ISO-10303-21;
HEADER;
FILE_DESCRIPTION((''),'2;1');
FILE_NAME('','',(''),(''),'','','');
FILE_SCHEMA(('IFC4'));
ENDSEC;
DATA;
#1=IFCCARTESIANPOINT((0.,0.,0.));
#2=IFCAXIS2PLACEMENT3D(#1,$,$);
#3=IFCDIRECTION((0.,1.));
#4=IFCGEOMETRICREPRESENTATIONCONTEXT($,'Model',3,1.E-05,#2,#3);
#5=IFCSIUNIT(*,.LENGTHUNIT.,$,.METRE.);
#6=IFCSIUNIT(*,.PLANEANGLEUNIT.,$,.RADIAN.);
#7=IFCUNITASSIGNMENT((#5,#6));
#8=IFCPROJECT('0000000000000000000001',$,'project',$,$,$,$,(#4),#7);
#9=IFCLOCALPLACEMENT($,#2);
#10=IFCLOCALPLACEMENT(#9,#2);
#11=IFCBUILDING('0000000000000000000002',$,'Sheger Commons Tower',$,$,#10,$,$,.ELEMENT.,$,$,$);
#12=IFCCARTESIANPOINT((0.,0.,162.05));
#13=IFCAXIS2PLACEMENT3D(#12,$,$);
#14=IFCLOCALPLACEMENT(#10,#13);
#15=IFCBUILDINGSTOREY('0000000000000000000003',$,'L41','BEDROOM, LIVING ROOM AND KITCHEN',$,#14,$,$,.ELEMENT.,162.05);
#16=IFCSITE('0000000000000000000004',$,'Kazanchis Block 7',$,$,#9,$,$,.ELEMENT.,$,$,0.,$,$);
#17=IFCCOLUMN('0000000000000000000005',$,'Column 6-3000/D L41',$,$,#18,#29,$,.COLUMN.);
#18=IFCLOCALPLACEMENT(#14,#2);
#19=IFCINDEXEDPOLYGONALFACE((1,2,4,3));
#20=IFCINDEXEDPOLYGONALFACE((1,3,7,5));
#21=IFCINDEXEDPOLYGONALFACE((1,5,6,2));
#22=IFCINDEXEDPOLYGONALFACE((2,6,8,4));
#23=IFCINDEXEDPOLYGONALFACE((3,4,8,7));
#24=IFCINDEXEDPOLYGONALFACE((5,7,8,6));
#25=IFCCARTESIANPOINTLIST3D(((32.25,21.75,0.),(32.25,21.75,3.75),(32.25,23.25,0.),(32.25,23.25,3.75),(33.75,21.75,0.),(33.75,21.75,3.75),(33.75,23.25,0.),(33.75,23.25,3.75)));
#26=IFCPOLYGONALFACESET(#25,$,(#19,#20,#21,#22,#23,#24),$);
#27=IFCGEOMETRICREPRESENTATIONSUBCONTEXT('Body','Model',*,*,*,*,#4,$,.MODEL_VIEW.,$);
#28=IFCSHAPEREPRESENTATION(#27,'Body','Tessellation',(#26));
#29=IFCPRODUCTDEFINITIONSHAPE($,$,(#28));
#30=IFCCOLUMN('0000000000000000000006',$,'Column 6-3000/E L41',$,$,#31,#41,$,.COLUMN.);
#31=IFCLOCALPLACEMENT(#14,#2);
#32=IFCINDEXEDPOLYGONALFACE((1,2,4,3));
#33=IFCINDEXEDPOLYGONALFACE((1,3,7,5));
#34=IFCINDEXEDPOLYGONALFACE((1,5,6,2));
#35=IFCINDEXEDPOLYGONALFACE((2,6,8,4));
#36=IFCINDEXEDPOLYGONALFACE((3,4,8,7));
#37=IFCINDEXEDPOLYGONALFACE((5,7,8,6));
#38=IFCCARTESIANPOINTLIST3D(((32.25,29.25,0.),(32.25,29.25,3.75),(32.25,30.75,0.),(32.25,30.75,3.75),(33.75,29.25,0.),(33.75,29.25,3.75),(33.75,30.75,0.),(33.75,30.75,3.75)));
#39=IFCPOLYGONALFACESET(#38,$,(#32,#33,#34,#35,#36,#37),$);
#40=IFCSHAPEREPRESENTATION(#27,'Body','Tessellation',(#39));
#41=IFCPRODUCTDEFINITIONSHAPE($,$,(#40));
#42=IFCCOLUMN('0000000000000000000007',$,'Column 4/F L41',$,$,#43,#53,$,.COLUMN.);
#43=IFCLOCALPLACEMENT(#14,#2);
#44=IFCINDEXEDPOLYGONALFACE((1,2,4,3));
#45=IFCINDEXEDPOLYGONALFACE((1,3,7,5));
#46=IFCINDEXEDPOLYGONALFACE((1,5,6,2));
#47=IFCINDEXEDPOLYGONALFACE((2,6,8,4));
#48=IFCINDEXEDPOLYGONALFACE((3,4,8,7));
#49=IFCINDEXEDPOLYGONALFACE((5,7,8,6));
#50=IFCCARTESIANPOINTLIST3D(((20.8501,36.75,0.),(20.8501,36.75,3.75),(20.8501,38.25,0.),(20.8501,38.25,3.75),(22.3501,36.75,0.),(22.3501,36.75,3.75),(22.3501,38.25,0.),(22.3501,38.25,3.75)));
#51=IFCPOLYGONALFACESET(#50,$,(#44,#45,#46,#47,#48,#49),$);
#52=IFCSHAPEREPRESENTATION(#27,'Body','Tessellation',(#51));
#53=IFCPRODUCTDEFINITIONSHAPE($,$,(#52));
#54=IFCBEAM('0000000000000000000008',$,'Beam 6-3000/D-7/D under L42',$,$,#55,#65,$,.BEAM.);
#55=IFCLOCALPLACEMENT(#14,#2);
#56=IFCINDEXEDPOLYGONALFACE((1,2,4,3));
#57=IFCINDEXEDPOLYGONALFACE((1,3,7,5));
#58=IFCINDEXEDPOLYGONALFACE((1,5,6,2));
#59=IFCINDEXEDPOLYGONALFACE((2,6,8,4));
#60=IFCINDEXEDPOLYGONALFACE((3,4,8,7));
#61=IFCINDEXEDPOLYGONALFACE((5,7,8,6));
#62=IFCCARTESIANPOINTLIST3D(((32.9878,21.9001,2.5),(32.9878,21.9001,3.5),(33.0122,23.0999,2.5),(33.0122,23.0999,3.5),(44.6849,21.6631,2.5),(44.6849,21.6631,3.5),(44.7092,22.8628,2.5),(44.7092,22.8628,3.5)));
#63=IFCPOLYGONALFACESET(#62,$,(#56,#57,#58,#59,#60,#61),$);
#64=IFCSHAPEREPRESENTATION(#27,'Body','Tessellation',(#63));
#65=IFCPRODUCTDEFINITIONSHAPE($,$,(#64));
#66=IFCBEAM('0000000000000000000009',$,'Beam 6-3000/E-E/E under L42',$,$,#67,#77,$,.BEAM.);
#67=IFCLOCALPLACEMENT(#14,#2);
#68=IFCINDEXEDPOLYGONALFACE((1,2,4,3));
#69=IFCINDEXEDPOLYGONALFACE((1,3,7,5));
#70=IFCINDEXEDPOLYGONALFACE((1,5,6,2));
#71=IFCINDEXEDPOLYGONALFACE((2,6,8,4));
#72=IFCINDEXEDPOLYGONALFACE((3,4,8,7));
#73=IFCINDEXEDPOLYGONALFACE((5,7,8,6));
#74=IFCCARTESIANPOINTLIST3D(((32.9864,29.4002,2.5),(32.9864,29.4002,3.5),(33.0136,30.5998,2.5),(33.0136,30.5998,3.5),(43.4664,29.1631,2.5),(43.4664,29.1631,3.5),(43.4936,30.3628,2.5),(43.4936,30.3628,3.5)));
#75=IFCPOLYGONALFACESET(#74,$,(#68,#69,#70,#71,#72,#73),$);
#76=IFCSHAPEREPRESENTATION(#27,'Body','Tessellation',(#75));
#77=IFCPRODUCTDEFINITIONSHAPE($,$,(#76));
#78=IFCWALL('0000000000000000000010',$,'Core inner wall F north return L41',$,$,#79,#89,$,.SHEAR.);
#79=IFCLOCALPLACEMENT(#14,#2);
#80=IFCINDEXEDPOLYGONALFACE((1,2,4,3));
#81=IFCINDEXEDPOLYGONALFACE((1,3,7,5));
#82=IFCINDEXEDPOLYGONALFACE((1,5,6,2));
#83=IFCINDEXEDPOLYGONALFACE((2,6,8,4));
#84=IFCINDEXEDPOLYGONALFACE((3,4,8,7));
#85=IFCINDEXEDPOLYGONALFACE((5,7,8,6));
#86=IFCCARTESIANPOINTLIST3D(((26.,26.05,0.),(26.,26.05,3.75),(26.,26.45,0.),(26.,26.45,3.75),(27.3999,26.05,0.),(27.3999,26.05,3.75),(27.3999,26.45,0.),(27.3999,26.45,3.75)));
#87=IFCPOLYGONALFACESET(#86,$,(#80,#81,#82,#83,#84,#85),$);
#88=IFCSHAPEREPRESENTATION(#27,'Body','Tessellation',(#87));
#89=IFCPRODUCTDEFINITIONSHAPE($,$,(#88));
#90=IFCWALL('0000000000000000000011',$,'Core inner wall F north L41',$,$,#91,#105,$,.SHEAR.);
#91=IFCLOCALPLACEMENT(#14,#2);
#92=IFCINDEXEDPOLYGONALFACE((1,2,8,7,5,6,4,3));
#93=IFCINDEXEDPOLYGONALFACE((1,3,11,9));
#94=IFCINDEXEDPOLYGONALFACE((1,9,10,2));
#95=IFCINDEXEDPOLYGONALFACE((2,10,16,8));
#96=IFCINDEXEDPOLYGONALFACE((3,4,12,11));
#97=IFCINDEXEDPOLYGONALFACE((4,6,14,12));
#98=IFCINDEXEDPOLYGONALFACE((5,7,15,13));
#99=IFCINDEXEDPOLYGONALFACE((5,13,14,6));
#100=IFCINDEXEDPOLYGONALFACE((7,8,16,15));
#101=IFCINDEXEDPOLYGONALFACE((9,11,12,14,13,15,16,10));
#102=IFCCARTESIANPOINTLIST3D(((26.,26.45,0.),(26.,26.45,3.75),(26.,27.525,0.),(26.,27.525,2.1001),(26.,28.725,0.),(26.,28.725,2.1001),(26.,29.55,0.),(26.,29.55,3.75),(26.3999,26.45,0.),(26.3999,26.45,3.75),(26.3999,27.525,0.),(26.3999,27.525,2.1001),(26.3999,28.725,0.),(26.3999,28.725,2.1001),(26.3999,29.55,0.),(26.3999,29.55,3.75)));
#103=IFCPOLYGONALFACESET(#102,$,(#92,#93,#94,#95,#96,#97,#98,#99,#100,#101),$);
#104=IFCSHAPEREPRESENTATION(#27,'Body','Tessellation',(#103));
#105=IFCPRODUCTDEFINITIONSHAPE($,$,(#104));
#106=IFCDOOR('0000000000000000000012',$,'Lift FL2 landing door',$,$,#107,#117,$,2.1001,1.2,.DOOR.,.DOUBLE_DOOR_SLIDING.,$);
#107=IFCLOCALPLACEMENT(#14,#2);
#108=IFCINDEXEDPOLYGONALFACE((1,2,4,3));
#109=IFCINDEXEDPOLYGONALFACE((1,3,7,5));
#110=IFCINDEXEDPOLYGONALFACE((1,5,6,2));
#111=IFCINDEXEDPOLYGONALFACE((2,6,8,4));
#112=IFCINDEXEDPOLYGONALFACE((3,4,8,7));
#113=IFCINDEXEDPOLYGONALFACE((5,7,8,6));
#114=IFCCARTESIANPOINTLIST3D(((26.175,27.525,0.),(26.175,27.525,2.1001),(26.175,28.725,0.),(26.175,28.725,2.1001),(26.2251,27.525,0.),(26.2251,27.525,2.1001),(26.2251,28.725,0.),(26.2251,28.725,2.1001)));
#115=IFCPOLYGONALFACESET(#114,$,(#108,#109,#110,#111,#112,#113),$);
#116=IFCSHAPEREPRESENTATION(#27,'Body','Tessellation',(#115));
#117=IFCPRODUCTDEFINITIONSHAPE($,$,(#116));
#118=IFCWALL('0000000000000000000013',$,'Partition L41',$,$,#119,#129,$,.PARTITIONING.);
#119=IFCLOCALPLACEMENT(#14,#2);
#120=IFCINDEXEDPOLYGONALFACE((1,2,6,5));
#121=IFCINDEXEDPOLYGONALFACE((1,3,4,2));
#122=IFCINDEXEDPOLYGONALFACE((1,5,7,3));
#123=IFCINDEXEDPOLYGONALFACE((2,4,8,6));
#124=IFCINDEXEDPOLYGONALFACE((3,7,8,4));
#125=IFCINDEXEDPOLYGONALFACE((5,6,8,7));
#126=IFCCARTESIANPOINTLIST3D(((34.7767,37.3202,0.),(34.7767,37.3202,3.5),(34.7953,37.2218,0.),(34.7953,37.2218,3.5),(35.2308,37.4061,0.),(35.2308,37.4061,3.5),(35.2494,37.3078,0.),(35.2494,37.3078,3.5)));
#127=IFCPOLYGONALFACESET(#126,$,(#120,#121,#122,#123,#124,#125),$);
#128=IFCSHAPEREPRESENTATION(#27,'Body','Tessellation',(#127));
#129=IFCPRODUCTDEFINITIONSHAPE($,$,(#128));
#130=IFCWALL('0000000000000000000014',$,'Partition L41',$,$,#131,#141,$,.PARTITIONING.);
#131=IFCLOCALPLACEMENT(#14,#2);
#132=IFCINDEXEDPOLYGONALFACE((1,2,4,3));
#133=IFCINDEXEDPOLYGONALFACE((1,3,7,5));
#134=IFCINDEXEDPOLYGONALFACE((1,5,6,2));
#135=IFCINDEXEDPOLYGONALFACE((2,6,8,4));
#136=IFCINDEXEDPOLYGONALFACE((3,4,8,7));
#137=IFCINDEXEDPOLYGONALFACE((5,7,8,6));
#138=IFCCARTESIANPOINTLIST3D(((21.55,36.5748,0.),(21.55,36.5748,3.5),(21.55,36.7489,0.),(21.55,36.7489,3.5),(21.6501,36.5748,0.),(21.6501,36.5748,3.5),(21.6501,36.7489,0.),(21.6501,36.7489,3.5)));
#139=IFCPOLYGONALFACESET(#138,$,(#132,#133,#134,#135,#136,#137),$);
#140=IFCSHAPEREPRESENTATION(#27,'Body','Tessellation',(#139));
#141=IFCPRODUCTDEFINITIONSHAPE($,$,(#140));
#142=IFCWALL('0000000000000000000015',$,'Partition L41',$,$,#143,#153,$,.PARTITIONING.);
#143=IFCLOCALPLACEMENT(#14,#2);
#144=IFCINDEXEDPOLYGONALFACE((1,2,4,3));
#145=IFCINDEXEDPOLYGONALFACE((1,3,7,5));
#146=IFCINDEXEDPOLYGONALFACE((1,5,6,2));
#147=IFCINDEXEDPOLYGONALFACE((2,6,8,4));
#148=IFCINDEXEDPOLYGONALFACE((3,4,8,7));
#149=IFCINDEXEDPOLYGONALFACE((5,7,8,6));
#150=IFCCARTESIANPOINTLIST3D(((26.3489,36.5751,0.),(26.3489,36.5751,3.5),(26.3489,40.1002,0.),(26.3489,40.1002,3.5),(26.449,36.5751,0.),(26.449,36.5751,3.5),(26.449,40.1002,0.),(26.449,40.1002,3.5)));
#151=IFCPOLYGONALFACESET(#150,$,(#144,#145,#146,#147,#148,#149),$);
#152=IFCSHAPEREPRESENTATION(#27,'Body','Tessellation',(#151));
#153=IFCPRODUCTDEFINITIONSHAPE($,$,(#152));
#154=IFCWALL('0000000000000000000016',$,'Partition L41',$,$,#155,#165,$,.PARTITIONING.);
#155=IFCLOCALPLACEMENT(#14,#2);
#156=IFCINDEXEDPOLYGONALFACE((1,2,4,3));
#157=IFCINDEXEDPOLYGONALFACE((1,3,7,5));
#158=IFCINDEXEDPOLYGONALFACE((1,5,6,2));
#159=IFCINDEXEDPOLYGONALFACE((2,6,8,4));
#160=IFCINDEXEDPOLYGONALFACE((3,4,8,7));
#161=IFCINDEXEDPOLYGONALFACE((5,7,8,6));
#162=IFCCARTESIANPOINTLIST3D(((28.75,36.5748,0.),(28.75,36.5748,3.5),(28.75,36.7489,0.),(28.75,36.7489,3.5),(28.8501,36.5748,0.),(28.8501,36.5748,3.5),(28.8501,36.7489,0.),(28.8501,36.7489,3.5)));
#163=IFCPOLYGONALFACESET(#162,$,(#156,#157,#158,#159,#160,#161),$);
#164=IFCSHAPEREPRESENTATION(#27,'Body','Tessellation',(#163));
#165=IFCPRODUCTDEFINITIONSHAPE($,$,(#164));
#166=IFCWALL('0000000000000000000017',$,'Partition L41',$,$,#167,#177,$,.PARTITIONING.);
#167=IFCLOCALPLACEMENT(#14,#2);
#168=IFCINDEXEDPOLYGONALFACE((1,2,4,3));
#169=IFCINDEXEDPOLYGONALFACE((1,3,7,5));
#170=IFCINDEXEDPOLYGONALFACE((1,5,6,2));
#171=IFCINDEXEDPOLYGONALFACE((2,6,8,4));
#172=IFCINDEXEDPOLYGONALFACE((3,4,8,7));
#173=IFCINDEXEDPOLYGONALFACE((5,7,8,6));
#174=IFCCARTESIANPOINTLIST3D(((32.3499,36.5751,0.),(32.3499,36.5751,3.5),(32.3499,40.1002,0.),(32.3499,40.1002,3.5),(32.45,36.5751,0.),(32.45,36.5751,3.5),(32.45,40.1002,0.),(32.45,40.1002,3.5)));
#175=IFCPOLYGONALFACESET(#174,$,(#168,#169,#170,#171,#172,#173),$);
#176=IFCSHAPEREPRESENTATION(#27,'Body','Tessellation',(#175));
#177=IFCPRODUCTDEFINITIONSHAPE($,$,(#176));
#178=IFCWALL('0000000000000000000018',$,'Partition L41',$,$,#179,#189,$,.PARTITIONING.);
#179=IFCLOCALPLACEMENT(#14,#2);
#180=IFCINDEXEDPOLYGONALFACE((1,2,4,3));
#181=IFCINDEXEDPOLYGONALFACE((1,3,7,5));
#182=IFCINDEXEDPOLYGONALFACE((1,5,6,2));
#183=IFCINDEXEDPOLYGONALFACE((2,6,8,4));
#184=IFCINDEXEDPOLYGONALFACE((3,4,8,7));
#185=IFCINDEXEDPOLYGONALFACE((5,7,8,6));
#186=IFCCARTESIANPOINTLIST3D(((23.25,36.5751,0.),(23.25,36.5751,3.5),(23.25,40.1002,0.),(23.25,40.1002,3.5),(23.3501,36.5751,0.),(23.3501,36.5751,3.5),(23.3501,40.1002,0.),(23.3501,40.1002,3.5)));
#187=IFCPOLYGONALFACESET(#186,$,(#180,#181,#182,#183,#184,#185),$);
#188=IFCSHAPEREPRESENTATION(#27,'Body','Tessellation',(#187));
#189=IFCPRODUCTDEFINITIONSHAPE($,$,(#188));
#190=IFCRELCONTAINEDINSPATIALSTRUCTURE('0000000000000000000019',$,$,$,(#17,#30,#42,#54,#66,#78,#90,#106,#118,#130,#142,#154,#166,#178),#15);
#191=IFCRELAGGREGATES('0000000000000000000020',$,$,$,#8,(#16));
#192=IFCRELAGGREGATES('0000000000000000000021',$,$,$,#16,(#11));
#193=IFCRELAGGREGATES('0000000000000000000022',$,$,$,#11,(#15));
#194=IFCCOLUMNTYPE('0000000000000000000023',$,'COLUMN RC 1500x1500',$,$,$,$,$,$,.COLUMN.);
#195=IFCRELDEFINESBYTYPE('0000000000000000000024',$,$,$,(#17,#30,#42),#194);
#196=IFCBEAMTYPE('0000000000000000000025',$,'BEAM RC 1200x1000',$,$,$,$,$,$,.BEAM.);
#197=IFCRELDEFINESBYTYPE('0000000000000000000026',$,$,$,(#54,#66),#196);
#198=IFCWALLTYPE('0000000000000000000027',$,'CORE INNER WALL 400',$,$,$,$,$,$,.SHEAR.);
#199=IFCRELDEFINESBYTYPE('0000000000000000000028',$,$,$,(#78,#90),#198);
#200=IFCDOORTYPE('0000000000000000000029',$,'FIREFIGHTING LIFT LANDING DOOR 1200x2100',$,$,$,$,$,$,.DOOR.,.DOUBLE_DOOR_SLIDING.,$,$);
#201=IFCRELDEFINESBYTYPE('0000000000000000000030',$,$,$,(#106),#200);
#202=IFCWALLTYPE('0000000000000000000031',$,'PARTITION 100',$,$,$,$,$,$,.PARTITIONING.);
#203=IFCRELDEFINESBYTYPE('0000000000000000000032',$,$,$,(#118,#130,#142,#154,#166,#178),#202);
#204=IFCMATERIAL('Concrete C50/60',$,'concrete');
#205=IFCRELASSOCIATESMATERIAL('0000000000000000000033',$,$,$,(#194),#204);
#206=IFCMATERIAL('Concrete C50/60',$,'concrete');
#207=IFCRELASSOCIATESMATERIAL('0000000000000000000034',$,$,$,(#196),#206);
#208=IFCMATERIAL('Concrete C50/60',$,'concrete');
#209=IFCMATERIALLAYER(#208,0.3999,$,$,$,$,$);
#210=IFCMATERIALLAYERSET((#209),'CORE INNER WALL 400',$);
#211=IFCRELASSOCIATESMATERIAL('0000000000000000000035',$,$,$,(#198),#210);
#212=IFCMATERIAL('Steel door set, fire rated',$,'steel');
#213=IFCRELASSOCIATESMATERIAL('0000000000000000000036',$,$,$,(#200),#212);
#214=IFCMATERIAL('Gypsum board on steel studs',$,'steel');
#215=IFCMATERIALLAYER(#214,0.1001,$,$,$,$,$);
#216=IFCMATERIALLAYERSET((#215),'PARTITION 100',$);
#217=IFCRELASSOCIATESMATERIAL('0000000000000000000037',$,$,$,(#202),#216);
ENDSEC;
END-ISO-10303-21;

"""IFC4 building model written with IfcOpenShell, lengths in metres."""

from ifc_helpers import new_model, si_unit, direction, frame, frame_2d, origin, origin_2d, place, context, subcontext, project, spatial, rectangle, extrude, material, layer, layer_set, material_profile, profile_set, type_object, element, fill, save


model = new_model("IFC4")

# Units and contexts
model_context = context("Model", 3, precision=1e-05, world=origin(), true_north=direction((0.0, 1.0)))
body_context = subcontext(model_context, "Body", "Model", "MODEL_VIEW")
ifc_project = project(units=[si_unit("LENGTHUNIT", "METRE"), si_unit("PLANEANGLEUNIT", "RADIAN")], contexts=[model_context])

# Site, building, storey
site_placement = place(None, origin())
site = spatial("IfcSite", under=ifc_project, at=site_placement, Name="Kazanchis Block 7", CompositionType="ELEMENT", RefElevation=0.0)
building_placement = place(site_placement, origin())
building = spatial("IfcBuilding", under=site, at=building_placement, Name="Sheger Commons Tower", CompositionType="ELEMENT")
storey_placement = place(building_placement, frame((0.0, 0.0, 162.05)))
storey = spatial("IfcBuildingStorey", under=building, at=storey_placement, Name="L41", Description="BEDROOM, LIVING ROOM AND KITCHEN", CompositionType="ELEMENT", Elevation=162.05)

# Columns
ifc_material_1 = material(Name="Concrete C50/60", Category="concrete")
ifc_material_profile_1 = material_profile(ifc_material_1, rectangle(XDim=1.5, YDim=1.5, at=origin_2d()), Name="RC 1500x1500")
ifc_profile_set_1 = profile_set([ifc_material_profile_1], Name="Concrete C50/60")
column_type = type_object("IfcColumnType", Name="COLUMN RC 1500x1500", PredefinedType="COLUMN", material=ifc_profile_set_1)
for number, where, z_axis, x_axis, name in (
    (1, (33.0, 22.5, 0.0), (0.0, 0.0, 1.0), (1.0, 0.0, 0.0), "Column 6-3000/D L41"),
    (2, (33.0, 30.0, 0.0), (0.0, 0.0, 1.0), (1.0, 0.0, 0.0), "Column 6-3000/E L41"),
    (3, (21.6001, 37.5, 0.0), (0.0, 0.0, 1.0), (1.0, 0.0, 0.0), "Column 4/F L41"),
):
    element("IfcColumn", number, at=place(storey_placement, frame(where, z_axis=z_axis, x_axis=x_axis)), inside=storey, type_object=column_type, Name=name, PredefinedType="COLUMN", context=body_context, shape_type="SweptSolid", body=[
        extrude(rectangle(XDim=1.5, YDim=1.5, at=origin_2d()), origin(), (0.0, 0.0, 1.0), 3.75),
    ])

# Beams
ifc_material_2 = material(Name="Concrete C50/60", Category="concrete")
ifc_material_profile_2 = material_profile(ifc_material_2, rectangle(XDim=1.2, YDim=1.0, at=origin_2d()), Name="RC 1200x1000")
ifc_profile_set_2 = profile_set([ifc_material_profile_2], Name="Concrete C50/60")
beam_type = type_object("IfcBeamType", Name="BEAM RC 1200x1000", PredefinedType="BEAM", material=ifc_profile_set_2)
beam_1_placement = place(storey_placement, frame((33.0, 22.5, 3.0), z_axis=(0.999795, -0.020263, 0.0), x_axis=(0.020263, 0.999795, 0.0)))
element("IfcBeam", 4, at=beam_1_placement, inside=storey, type_object=beam_type, Name="Beam 6-3000/D-7/D under L42", PredefinedType="BEAM", context=body_context, shape_type="SweptSolid", body=[
    extrude(rectangle(XDim=1.2, YDim=1.0, at=origin_2d()), origin(), (0.0, 0.0, 1.0), 11.6995),
])
beam_2_placement = place(storey_placement, frame((33.0, 30.0, 3.0), z_axis=(0.999744, -0.022615, 0.0), x_axis=(0.022615, 0.999744, 0.0)))
element("IfcBeam", 5, at=beam_2_placement, inside=storey, type_object=beam_type, Name="Beam 6-3000/E-E/E under L42", PredefinedType="BEAM", context=body_context, shape_type="SweptSolid", body=[
    extrude(rectangle(XDim=1.2, YDim=1.0, at=origin_2d()), origin(), (0.0, 0.0, 1.0), 10.4827),
])

# Wall
ifc_material_3 = material(Name="Concrete C50/60", Category="concrete")
ifc_layer_1 = layer(ifc_material_3, 0.3999)
ifc_layer_set_1 = layer_set([ifc_layer_1], Name="CORE INNER WALL 400")
wall_type_1 = type_object("IfcWallType", Name="CORE INNER WALL 400", PredefinedType="SHEAR", material=ifc_layer_set_1)
wall_1_placement = place(storey_placement, frame((26.0, 26.25, 0.0), z_axis=(0.0, 0.0, 1.0), x_axis=(1.0, 0.0, 0.0)))
element("IfcWall", 6, at=wall_1_placement, inside=storey, type_object=wall_type_1, Name="Core inner wall F north return L41", PredefinedType="SHEAR", context=body_context, shape_type="SweptSolid", body=[
    extrude(rectangle(XDim=1.3999, YDim=0.3999, at=frame_2d((0.7, 0.0))), origin(), (0.0, 0.0, 1.0), 3.75),
])

# Wall, opening, door
wall_2_placement = place(storey_placement, frame((26.2, 26.45, 0.0), z_axis=(0.0, 0.0, 1.0), x_axis=(0.0, 1.0, 0.0)))
wall_2 = element("IfcWall", 7, at=wall_2_placement, inside=storey, type_object=wall_type_1, Name="Core inner wall F north L41", PredefinedType="SHEAR", context=body_context, shape_type="SweptSolid", body=[
    extrude(rectangle(XDim=3.1001, YDim=0.3999, at=frame_2d((1.55, 0.0))), origin(), (0.0, 0.0, 1.0), 3.75),
])
opening_1_placement = place(wall_2_placement, frame((1.075, 0.0, 0.0)))
opening_1 = element("IfcOpeningElement", 8, at=opening_1_placement, cuts=wall_2, PredefinedType="OPENING", context=body_context, shape_type="SweptSolid", body=[
    extrude(rectangle(XDim=1.2, YDim=2.1001, at=frame_2d((0.6001, 1.05))), frame((0.0, 0.21, 0.0), z_axis=(0.0, -1.0, 0.0), x_axis=(1.0, 0.0, 0.0)), (0.0, 0.0, 1.0), 0.4199),
])
ifc_material_4 = material(Name="Steel door set, fire rated", Category="steel")
door_type_1 = type_object("IfcDoorType", Name="FIREFIGHTING LIFT LANDING DOOR 1200x2100", OperationType="DOUBLE_DOOR_SLIDING", PredefinedType="DOOR", material=ifc_material_4)
door_1_placement = place(opening_1_placement, origin())
door_1 = element("IfcDoor", 9, at=door_1_placement, inside=storey, type_object=door_type_1, Name="Lift FL2 landing door", OperationType="DOUBLE_DOOR_SLIDING", OverallHeight=2.1001, OverallWidth=1.2, PredefinedType="DOOR", context=body_context, shape_type="SweptSolid", body=[
    extrude(rectangle(XDim=1.2, YDim=2.1001, at=frame_2d((0.6001, 1.05))), frame((0.0, 0.0249, 0.0), z_axis=(0.0, -1.0, 0.0), x_axis=(1.0, 0.0, 0.0)), (0.0, 0.0, 1.0), 0.05),
])
fill(opening_1, door_1)

# Walls
ifc_material_5 = material(Name="Gypsum board on steel studs", Category="steel")
ifc_layer_2 = layer(ifc_material_5, 0.1001)
ifc_layer_set_2 = layer_set([ifc_layer_2], Name="PARTITION 100")
wall_type_2 = type_object("IfcWallType", Name="PARTITION 100", PredefinedType="PARTITIONING", material=ifc_layer_set_2)
wall_3_placement = place(storey_placement, frame((35.24, 37.3569, 0.0), z_axis=(0.0, 0.0, 1.0), x_axis=(-0.98256, -0.185947, 0.0)))
element("IfcWall", 10, at=wall_3_placement, inside=storey, type_object=wall_type_2, Name="Partition L41", PredefinedType="PARTITIONING", context=body_context, shape_type="SweptSolid", body=[
    extrude(rectangle(XDim=0.4622, YDim=0.1001, at=frame_2d((0.231, 0.0))), origin(), (0.0, 0.0, 1.0), 3.5),
])
wall_4_placement = place(storey_placement, frame((21.6001, 36.575, 0.0), z_axis=(0.0, 0.0, 1.0), x_axis=(0.0, 1.0, 0.0)))
element("IfcWall", 11, at=wall_4_placement, inside=storey, type_object=wall_type_2, Name="Partition L41", PredefinedType="PARTITIONING", context=body_context, shape_type="SweptSolid", body=[
    extrude(rectangle(XDim=0.1741, YDim=0.1001, at=frame_2d((0.0869, 0.0))), origin(), (0.0, 0.0, 1.0), 3.5),
])
wall_5_placement = place(storey_placement, frame((26.3989, 36.575, 0.0), z_axis=(0.0, 0.0, 1.0), x_axis=(0.0, 1.0, 0.0)))
element("IfcWall", 12, at=wall_5_placement, inside=storey, type_object=wall_type_2, Name="Partition L41", PredefinedType="PARTITIONING", context=body_context, shape_type="SweptSolid", body=[
    extrude(rectangle(XDim=3.5251, YDim=0.1001, at=frame_2d((1.7627, 0.0))), origin(), (0.0, 0.0, 1.0), 3.5),
])
wall_6_placement = place(storey_placement, frame((28.8, 36.575, 0.0), z_axis=(0.0, 0.0, 1.0), x_axis=(0.0, 1.0, 0.0)))
element("IfcWall", 13, at=wall_6_placement, inside=storey, type_object=wall_type_2, Name="Partition L41", PredefinedType="PARTITIONING", context=body_context, shape_type="SweptSolid", body=[
    extrude(rectangle(XDim=0.1741, YDim=0.1001, at=frame_2d((0.0869, 0.0))), origin(), (0.0, 0.0, 1.0), 3.5),
])
for number, where, z_axis, x_axis, name in (
    (14, (32.3999, 36.575, 0.0), (0.0, 0.0, 1.0), (0.0, 1.0, 0.0), "Partition L41"),
    (15, (23.3, 36.575, 0.0), (0.0, 0.0, 1.0), (0.0, 1.0, 0.0), "Partition L41"),
):
    element("IfcWall", number, at=place(storey_placement, frame(where, z_axis=z_axis, x_axis=x_axis)), inside=storey, type_object=wall_type_2, Name=name, PredefinedType="PARTITIONING", context=body_context, shape_type="SweptSolid", body=[
        extrude(rectangle(XDim=3.5251, YDim=0.1001, at=frame_2d((1.7627, 0.0))), origin(), (0.0, 0.0, 1.0), 3.5),
    ])

save(model, "model.ifc")
